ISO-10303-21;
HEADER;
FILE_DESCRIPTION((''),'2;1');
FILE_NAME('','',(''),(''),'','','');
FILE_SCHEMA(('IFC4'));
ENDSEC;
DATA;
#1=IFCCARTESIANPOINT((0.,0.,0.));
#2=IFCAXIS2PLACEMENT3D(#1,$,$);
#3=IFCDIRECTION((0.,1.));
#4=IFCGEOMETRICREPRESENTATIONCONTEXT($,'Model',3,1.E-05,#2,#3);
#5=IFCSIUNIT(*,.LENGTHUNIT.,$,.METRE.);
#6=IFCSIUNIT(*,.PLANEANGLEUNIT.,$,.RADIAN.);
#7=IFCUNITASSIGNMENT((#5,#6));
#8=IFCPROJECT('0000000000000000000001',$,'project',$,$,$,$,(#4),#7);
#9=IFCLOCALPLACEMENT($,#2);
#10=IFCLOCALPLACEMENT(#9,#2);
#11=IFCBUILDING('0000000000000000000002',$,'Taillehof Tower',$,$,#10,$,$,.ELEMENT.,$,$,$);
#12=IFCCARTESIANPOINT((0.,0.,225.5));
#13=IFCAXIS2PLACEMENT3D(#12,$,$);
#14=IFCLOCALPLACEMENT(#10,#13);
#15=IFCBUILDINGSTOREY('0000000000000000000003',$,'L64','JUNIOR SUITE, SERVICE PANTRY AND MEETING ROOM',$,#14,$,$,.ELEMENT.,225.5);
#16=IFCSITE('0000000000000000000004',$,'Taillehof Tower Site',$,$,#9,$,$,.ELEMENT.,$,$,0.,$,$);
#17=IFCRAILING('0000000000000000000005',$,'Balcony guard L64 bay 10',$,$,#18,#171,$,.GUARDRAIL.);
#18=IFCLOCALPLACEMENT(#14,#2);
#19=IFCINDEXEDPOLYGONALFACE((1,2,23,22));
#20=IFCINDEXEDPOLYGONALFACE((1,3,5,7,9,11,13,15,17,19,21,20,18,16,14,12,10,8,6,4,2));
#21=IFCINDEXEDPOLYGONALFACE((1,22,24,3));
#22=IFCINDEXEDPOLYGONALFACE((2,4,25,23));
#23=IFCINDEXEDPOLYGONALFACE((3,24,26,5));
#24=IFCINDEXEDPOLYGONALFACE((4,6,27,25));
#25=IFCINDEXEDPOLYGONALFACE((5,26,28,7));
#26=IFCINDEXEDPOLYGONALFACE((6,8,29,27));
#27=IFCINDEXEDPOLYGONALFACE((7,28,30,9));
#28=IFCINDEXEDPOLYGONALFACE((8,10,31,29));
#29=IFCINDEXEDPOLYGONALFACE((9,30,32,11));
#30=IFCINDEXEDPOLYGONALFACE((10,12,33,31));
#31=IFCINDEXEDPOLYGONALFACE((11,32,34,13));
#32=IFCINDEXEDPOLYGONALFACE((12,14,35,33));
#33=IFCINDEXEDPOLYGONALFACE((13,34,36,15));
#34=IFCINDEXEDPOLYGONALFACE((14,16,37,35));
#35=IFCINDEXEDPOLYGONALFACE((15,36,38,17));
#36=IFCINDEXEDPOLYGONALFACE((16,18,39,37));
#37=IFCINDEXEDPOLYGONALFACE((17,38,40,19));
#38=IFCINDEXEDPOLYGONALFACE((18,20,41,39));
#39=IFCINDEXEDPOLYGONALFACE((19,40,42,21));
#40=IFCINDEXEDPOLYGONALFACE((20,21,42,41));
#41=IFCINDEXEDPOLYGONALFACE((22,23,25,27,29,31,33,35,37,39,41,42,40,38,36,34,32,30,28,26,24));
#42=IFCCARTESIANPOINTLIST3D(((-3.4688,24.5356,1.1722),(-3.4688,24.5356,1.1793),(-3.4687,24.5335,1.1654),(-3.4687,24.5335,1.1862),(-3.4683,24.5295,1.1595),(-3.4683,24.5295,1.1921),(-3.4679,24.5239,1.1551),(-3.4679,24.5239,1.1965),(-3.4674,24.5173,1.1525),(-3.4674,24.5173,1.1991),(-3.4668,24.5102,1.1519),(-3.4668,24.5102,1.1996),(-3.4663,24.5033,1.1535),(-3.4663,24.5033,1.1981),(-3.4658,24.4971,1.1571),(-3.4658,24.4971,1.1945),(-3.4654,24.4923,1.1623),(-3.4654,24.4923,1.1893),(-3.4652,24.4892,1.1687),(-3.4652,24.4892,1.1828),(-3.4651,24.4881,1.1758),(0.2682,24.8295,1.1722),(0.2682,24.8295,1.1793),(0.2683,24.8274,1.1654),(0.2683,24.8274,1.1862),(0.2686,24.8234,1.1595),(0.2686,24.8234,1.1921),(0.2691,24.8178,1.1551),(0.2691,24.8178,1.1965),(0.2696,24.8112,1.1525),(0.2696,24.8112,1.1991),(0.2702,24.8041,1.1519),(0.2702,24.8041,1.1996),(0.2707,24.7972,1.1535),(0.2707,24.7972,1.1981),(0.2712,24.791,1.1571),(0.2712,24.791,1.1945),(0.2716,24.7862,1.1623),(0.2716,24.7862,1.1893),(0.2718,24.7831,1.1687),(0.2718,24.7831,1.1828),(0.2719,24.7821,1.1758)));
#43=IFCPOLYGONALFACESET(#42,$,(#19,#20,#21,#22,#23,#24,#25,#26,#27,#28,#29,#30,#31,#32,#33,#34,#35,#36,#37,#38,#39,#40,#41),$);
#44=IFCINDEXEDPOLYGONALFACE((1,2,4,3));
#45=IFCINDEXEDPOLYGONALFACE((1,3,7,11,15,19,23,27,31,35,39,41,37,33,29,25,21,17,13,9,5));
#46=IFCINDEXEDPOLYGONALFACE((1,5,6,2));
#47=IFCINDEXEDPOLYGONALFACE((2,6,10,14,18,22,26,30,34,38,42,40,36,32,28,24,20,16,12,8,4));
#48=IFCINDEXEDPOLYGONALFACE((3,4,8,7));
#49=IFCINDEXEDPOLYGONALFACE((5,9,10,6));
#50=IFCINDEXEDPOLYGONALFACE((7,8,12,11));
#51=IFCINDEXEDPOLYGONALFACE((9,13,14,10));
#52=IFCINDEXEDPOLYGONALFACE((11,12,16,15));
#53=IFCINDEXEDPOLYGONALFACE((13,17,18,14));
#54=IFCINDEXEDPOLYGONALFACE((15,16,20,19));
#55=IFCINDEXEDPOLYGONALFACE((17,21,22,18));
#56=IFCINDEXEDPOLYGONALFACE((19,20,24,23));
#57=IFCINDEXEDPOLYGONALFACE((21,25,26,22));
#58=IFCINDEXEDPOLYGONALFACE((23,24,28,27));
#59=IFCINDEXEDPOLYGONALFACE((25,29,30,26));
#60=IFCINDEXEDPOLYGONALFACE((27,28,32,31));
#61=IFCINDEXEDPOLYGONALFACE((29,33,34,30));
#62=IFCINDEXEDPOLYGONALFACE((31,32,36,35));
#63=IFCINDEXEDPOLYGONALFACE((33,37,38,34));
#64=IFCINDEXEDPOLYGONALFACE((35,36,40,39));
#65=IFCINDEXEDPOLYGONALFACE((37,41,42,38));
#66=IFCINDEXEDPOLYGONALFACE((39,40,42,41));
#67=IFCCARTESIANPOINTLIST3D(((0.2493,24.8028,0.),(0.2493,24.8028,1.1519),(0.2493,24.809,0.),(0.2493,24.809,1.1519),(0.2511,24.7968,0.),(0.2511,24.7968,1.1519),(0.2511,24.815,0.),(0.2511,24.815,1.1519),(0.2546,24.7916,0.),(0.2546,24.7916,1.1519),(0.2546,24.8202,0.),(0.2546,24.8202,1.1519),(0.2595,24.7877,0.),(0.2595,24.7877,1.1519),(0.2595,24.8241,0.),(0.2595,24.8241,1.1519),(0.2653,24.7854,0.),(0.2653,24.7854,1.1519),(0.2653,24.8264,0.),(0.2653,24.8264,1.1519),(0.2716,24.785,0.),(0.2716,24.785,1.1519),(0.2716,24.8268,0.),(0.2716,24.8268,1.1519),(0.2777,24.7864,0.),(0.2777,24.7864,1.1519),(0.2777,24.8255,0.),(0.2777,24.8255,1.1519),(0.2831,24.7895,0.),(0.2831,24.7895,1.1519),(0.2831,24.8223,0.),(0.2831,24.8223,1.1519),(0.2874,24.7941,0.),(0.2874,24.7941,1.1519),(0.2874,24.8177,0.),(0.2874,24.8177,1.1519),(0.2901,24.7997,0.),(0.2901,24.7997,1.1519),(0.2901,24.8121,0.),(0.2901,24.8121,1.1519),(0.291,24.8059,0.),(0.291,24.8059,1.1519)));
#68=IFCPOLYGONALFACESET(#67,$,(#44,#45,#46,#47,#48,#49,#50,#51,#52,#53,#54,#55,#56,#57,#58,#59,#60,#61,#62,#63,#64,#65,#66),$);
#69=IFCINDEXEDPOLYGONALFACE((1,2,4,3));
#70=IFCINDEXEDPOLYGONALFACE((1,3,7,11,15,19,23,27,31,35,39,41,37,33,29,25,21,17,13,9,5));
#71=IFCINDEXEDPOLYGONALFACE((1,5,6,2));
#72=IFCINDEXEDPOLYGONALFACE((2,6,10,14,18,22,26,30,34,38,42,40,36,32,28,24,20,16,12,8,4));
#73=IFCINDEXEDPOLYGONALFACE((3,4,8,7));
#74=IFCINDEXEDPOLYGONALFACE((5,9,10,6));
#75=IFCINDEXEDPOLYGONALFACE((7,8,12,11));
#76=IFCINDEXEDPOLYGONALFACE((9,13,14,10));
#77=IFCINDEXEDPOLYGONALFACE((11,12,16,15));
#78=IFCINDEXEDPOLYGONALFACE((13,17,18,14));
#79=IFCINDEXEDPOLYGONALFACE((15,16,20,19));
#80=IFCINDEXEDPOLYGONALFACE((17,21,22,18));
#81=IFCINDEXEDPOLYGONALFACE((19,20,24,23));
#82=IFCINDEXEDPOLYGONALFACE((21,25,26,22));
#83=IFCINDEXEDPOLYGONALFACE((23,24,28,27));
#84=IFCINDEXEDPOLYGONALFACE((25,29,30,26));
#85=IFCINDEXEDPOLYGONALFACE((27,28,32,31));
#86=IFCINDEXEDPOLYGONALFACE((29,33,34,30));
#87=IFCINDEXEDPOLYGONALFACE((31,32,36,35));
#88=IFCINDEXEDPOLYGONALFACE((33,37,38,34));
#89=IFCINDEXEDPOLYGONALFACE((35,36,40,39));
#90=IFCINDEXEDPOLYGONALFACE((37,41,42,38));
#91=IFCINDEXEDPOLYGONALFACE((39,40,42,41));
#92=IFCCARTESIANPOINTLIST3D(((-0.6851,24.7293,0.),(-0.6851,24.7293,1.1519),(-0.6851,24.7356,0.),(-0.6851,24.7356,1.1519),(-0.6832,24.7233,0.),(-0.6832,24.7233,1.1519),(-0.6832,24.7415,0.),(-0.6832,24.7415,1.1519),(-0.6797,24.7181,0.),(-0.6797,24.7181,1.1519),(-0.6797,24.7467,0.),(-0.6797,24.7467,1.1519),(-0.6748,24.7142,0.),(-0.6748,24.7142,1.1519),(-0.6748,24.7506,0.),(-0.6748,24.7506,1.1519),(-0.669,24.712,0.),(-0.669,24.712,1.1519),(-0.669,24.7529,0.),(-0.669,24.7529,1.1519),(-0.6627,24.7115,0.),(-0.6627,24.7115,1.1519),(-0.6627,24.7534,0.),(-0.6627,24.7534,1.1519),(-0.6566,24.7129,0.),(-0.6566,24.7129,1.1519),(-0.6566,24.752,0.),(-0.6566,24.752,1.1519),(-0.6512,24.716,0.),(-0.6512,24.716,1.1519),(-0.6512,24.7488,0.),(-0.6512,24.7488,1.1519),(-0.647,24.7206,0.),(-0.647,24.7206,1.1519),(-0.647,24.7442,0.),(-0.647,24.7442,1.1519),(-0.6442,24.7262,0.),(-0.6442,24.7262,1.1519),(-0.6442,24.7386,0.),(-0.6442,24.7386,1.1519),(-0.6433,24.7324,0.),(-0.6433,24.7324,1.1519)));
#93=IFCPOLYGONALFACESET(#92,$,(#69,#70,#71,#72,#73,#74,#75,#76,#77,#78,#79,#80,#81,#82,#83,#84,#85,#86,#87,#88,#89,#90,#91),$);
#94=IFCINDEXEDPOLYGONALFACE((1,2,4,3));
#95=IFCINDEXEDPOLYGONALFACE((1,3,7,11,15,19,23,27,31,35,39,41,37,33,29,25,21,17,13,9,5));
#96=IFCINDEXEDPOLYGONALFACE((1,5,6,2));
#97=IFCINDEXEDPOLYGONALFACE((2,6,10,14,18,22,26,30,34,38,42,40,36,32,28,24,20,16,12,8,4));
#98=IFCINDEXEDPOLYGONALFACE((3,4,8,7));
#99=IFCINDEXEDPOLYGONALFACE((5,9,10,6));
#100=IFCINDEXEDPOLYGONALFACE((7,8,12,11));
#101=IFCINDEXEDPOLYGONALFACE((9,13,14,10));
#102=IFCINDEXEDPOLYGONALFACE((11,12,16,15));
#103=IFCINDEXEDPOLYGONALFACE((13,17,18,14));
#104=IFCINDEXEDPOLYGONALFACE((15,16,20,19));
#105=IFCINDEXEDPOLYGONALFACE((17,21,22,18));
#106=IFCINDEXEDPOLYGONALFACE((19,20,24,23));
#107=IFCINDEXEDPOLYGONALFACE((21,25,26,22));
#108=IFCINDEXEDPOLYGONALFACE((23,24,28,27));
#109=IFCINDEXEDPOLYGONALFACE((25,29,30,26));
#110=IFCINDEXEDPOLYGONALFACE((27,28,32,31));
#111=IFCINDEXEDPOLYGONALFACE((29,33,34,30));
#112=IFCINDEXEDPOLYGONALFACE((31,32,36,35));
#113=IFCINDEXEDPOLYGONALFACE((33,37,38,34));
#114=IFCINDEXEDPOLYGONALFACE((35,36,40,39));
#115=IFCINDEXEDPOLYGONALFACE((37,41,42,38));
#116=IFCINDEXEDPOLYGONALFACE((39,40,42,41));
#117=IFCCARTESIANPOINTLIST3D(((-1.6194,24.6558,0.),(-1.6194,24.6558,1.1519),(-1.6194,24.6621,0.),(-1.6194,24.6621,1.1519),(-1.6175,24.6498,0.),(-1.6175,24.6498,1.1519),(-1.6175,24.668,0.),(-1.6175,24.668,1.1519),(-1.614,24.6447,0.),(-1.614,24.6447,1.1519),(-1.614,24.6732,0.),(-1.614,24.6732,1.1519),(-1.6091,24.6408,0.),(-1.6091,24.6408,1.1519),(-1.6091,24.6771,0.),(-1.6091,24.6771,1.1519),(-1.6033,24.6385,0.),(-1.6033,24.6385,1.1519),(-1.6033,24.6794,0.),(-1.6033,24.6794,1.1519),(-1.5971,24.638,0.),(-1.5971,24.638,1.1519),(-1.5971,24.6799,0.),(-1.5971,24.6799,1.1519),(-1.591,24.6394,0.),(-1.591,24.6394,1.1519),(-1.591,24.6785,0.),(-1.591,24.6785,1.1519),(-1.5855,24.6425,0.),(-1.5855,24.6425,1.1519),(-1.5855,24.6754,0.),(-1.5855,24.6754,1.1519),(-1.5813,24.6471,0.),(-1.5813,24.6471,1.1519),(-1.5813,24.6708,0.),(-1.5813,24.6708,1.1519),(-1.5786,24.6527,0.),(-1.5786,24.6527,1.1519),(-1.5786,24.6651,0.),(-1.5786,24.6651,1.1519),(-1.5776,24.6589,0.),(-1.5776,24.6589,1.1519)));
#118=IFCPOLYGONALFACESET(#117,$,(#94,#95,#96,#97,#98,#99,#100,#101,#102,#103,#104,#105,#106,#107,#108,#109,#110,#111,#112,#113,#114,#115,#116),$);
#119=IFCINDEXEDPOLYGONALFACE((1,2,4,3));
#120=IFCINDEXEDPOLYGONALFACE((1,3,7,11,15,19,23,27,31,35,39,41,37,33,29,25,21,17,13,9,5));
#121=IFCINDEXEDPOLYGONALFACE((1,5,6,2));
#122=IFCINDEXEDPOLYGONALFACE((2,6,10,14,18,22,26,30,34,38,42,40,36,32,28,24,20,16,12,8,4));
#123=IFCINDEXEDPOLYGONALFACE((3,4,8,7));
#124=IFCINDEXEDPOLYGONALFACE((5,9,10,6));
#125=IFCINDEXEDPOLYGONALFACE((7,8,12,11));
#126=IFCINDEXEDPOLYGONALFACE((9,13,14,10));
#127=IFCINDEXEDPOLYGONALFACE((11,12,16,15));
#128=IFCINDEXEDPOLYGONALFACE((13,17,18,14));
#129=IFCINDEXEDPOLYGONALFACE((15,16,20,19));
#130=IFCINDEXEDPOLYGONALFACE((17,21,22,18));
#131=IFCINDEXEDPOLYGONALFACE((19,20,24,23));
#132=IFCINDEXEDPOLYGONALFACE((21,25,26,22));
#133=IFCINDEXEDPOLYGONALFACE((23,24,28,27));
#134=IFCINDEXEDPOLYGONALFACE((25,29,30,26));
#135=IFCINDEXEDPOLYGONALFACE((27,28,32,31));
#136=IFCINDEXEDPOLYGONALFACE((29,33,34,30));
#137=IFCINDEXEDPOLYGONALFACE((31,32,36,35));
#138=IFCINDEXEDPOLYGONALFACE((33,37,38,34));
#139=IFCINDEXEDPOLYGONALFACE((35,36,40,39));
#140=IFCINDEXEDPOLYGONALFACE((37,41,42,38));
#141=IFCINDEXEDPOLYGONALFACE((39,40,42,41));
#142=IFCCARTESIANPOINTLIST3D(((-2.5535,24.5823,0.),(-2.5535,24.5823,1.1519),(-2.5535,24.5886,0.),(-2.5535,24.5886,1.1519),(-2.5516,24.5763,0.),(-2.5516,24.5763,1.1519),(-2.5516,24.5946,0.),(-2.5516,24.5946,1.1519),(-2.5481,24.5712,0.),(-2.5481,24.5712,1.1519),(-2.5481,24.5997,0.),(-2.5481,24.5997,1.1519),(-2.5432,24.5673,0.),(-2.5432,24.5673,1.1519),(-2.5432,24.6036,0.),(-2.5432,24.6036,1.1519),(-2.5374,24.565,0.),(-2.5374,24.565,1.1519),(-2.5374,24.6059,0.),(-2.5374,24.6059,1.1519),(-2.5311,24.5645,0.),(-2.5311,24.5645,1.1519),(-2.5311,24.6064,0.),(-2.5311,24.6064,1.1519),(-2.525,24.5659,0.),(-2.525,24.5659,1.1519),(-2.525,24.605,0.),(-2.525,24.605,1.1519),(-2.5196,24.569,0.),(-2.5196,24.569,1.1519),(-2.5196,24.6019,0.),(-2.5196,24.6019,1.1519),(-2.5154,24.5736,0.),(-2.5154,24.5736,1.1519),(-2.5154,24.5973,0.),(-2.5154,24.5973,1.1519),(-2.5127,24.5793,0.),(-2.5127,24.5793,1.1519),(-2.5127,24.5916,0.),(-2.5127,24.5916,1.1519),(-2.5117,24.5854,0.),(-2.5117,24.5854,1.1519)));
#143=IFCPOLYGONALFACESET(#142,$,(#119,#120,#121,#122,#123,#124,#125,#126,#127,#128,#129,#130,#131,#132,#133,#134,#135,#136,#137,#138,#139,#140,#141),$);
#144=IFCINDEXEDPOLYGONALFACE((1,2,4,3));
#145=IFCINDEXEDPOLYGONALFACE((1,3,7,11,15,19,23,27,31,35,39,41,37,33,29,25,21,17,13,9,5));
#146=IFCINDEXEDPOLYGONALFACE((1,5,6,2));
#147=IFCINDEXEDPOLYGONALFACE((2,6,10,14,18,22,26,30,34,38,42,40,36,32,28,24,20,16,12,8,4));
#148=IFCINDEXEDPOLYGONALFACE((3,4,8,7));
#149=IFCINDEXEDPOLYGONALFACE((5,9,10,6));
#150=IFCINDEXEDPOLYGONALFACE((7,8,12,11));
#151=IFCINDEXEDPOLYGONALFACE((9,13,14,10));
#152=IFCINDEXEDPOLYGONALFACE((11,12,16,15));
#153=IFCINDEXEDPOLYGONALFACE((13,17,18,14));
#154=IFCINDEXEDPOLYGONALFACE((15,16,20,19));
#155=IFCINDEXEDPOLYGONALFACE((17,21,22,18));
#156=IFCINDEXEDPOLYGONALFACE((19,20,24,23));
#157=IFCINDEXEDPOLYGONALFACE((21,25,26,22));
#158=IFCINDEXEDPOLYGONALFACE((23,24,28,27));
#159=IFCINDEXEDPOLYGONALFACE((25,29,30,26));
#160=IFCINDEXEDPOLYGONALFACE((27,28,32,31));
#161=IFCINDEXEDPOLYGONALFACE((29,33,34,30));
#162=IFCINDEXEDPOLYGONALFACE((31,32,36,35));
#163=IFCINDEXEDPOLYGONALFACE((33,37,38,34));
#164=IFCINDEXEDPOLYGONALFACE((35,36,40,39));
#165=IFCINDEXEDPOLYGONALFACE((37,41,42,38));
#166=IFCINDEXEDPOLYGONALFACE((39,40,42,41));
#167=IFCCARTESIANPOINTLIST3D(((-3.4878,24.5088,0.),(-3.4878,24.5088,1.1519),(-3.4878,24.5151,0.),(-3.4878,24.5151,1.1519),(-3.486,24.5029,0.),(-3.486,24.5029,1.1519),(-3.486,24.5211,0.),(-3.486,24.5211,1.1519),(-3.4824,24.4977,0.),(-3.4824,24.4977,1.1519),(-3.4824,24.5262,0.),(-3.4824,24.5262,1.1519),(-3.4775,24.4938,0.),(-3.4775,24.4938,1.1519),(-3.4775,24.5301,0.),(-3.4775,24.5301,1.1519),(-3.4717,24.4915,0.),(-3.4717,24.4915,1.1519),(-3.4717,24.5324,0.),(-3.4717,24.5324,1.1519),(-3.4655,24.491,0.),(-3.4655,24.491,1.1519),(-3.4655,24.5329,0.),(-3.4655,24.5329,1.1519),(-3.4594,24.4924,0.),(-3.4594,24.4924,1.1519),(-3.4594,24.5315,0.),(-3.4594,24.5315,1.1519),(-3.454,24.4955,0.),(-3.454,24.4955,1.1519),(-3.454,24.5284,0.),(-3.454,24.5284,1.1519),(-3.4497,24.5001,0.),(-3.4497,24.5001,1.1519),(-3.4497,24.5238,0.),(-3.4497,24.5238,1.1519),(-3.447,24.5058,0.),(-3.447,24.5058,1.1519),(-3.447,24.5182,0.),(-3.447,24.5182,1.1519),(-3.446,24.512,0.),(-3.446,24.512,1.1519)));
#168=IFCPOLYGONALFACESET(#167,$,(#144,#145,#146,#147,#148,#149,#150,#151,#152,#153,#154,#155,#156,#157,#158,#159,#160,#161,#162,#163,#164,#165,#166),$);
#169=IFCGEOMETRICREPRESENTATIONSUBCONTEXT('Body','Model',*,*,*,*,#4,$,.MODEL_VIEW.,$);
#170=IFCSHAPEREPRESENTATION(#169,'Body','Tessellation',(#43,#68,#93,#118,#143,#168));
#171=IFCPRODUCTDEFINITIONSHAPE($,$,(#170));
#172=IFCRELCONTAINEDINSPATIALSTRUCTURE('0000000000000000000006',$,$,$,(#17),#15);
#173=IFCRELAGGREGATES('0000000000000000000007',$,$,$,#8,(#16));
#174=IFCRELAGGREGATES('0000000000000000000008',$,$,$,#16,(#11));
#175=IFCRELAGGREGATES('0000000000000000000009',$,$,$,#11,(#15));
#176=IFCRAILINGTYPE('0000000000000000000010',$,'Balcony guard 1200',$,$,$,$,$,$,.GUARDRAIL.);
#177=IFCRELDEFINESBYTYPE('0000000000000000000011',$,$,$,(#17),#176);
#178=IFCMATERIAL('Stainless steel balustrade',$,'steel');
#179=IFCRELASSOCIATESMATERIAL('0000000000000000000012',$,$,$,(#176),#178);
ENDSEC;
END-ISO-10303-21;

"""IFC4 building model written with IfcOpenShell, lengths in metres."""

from ifc_helpers import new_model, si_unit, direction, frame, origin, origin_2d, place, context, subcontext, project, spatial, circle, extrude, material, type_object, element, save


model = new_model("IFC4")

# Units and contexts
model_context = context("Model", 3, precision=1e-05, world=origin(), true_north=direction((0.0, 1.0)))
body_context = subcontext(model_context, "Body", "Model", "MODEL_VIEW")
ifc_project = project(units=[si_unit("LENGTHUNIT", "METRE"), si_unit("PLANEANGLEUNIT", "RADIAN")], contexts=[model_context])

# Site, building, storey
site_placement = place(None, origin())
site = spatial("IfcSite", under=ifc_project, at=site_placement, Name="Taillehof Tower Site", CompositionType="ELEMENT", RefElevation=0.0)
building_placement = place(site_placement, origin())
building = spatial("IfcBuilding", under=site, at=building_placement, Name="Taillehof Tower", CompositionType="ELEMENT")
storey_placement = place(building_placement, frame((0.0, 0.0, 225.5)))
storey = spatial("IfcBuildingStorey", under=building, at=storey_placement, Name="L64", Description="JUNIOR SUITE, SERVICE PANTRY AND MEETING ROOM", CompositionType="ELEMENT", Elevation=225.5)

# Railing
ifc_material_1 = material(Name="Stainless steel balustrade", Category="steel")
railing_type = type_object("IfcRailingType", Name="Balcony guard 1200", PredefinedType="GUARDRAIL", material=ifc_material_1)
railing_1_placement = place(storey_placement, frame((0.27, 24.8059, 0.0)))
element("IfcRailing", 1, at=railing_1_placement, inside=storey, type_object=railing_type, Name="Balcony guard L64 bay 10", PredefinedType="GUARDRAIL", context=body_context, shape_type="SweptSolid", body=[
    extrude(circle(Radius=0.0239, at=origin_2d()), frame((0.0, 0.0, 1.1758), z_axis=(-0.996921, -0.078415, 0.0), x_axis=(0.078415, -0.996921, 0.0)), (0.0, 0.0, 1.0), 3.7485),
    extrude(circle(Radius=0.021, at=origin_2d()), origin(), (0.0, 0.0, 1.0), 1.1519),
    extrude(circle(Radius=0.021, at=origin_2d()), frame((-0.9343, -0.0735, 0.0)), (0.0, 0.0, 1.0), 1.1519),
    extrude(circle(Radius=0.021, at=origin_2d()), frame((-1.8687, -0.147, 0.0)), (0.0, 0.0, 1.0), 1.1519),
    extrude(circle(Radius=0.021, at=origin_2d()), frame((-2.8027, -0.2205, 0.0)), (0.0, 0.0, 1.0), 1.1519),
    extrude(circle(Radius=0.021, at=origin_2d()), frame((-3.7371, -0.2939, 0.0)), (0.0, 0.0, 1.0), 1.1519),
])

save(model, "model.ifc")
